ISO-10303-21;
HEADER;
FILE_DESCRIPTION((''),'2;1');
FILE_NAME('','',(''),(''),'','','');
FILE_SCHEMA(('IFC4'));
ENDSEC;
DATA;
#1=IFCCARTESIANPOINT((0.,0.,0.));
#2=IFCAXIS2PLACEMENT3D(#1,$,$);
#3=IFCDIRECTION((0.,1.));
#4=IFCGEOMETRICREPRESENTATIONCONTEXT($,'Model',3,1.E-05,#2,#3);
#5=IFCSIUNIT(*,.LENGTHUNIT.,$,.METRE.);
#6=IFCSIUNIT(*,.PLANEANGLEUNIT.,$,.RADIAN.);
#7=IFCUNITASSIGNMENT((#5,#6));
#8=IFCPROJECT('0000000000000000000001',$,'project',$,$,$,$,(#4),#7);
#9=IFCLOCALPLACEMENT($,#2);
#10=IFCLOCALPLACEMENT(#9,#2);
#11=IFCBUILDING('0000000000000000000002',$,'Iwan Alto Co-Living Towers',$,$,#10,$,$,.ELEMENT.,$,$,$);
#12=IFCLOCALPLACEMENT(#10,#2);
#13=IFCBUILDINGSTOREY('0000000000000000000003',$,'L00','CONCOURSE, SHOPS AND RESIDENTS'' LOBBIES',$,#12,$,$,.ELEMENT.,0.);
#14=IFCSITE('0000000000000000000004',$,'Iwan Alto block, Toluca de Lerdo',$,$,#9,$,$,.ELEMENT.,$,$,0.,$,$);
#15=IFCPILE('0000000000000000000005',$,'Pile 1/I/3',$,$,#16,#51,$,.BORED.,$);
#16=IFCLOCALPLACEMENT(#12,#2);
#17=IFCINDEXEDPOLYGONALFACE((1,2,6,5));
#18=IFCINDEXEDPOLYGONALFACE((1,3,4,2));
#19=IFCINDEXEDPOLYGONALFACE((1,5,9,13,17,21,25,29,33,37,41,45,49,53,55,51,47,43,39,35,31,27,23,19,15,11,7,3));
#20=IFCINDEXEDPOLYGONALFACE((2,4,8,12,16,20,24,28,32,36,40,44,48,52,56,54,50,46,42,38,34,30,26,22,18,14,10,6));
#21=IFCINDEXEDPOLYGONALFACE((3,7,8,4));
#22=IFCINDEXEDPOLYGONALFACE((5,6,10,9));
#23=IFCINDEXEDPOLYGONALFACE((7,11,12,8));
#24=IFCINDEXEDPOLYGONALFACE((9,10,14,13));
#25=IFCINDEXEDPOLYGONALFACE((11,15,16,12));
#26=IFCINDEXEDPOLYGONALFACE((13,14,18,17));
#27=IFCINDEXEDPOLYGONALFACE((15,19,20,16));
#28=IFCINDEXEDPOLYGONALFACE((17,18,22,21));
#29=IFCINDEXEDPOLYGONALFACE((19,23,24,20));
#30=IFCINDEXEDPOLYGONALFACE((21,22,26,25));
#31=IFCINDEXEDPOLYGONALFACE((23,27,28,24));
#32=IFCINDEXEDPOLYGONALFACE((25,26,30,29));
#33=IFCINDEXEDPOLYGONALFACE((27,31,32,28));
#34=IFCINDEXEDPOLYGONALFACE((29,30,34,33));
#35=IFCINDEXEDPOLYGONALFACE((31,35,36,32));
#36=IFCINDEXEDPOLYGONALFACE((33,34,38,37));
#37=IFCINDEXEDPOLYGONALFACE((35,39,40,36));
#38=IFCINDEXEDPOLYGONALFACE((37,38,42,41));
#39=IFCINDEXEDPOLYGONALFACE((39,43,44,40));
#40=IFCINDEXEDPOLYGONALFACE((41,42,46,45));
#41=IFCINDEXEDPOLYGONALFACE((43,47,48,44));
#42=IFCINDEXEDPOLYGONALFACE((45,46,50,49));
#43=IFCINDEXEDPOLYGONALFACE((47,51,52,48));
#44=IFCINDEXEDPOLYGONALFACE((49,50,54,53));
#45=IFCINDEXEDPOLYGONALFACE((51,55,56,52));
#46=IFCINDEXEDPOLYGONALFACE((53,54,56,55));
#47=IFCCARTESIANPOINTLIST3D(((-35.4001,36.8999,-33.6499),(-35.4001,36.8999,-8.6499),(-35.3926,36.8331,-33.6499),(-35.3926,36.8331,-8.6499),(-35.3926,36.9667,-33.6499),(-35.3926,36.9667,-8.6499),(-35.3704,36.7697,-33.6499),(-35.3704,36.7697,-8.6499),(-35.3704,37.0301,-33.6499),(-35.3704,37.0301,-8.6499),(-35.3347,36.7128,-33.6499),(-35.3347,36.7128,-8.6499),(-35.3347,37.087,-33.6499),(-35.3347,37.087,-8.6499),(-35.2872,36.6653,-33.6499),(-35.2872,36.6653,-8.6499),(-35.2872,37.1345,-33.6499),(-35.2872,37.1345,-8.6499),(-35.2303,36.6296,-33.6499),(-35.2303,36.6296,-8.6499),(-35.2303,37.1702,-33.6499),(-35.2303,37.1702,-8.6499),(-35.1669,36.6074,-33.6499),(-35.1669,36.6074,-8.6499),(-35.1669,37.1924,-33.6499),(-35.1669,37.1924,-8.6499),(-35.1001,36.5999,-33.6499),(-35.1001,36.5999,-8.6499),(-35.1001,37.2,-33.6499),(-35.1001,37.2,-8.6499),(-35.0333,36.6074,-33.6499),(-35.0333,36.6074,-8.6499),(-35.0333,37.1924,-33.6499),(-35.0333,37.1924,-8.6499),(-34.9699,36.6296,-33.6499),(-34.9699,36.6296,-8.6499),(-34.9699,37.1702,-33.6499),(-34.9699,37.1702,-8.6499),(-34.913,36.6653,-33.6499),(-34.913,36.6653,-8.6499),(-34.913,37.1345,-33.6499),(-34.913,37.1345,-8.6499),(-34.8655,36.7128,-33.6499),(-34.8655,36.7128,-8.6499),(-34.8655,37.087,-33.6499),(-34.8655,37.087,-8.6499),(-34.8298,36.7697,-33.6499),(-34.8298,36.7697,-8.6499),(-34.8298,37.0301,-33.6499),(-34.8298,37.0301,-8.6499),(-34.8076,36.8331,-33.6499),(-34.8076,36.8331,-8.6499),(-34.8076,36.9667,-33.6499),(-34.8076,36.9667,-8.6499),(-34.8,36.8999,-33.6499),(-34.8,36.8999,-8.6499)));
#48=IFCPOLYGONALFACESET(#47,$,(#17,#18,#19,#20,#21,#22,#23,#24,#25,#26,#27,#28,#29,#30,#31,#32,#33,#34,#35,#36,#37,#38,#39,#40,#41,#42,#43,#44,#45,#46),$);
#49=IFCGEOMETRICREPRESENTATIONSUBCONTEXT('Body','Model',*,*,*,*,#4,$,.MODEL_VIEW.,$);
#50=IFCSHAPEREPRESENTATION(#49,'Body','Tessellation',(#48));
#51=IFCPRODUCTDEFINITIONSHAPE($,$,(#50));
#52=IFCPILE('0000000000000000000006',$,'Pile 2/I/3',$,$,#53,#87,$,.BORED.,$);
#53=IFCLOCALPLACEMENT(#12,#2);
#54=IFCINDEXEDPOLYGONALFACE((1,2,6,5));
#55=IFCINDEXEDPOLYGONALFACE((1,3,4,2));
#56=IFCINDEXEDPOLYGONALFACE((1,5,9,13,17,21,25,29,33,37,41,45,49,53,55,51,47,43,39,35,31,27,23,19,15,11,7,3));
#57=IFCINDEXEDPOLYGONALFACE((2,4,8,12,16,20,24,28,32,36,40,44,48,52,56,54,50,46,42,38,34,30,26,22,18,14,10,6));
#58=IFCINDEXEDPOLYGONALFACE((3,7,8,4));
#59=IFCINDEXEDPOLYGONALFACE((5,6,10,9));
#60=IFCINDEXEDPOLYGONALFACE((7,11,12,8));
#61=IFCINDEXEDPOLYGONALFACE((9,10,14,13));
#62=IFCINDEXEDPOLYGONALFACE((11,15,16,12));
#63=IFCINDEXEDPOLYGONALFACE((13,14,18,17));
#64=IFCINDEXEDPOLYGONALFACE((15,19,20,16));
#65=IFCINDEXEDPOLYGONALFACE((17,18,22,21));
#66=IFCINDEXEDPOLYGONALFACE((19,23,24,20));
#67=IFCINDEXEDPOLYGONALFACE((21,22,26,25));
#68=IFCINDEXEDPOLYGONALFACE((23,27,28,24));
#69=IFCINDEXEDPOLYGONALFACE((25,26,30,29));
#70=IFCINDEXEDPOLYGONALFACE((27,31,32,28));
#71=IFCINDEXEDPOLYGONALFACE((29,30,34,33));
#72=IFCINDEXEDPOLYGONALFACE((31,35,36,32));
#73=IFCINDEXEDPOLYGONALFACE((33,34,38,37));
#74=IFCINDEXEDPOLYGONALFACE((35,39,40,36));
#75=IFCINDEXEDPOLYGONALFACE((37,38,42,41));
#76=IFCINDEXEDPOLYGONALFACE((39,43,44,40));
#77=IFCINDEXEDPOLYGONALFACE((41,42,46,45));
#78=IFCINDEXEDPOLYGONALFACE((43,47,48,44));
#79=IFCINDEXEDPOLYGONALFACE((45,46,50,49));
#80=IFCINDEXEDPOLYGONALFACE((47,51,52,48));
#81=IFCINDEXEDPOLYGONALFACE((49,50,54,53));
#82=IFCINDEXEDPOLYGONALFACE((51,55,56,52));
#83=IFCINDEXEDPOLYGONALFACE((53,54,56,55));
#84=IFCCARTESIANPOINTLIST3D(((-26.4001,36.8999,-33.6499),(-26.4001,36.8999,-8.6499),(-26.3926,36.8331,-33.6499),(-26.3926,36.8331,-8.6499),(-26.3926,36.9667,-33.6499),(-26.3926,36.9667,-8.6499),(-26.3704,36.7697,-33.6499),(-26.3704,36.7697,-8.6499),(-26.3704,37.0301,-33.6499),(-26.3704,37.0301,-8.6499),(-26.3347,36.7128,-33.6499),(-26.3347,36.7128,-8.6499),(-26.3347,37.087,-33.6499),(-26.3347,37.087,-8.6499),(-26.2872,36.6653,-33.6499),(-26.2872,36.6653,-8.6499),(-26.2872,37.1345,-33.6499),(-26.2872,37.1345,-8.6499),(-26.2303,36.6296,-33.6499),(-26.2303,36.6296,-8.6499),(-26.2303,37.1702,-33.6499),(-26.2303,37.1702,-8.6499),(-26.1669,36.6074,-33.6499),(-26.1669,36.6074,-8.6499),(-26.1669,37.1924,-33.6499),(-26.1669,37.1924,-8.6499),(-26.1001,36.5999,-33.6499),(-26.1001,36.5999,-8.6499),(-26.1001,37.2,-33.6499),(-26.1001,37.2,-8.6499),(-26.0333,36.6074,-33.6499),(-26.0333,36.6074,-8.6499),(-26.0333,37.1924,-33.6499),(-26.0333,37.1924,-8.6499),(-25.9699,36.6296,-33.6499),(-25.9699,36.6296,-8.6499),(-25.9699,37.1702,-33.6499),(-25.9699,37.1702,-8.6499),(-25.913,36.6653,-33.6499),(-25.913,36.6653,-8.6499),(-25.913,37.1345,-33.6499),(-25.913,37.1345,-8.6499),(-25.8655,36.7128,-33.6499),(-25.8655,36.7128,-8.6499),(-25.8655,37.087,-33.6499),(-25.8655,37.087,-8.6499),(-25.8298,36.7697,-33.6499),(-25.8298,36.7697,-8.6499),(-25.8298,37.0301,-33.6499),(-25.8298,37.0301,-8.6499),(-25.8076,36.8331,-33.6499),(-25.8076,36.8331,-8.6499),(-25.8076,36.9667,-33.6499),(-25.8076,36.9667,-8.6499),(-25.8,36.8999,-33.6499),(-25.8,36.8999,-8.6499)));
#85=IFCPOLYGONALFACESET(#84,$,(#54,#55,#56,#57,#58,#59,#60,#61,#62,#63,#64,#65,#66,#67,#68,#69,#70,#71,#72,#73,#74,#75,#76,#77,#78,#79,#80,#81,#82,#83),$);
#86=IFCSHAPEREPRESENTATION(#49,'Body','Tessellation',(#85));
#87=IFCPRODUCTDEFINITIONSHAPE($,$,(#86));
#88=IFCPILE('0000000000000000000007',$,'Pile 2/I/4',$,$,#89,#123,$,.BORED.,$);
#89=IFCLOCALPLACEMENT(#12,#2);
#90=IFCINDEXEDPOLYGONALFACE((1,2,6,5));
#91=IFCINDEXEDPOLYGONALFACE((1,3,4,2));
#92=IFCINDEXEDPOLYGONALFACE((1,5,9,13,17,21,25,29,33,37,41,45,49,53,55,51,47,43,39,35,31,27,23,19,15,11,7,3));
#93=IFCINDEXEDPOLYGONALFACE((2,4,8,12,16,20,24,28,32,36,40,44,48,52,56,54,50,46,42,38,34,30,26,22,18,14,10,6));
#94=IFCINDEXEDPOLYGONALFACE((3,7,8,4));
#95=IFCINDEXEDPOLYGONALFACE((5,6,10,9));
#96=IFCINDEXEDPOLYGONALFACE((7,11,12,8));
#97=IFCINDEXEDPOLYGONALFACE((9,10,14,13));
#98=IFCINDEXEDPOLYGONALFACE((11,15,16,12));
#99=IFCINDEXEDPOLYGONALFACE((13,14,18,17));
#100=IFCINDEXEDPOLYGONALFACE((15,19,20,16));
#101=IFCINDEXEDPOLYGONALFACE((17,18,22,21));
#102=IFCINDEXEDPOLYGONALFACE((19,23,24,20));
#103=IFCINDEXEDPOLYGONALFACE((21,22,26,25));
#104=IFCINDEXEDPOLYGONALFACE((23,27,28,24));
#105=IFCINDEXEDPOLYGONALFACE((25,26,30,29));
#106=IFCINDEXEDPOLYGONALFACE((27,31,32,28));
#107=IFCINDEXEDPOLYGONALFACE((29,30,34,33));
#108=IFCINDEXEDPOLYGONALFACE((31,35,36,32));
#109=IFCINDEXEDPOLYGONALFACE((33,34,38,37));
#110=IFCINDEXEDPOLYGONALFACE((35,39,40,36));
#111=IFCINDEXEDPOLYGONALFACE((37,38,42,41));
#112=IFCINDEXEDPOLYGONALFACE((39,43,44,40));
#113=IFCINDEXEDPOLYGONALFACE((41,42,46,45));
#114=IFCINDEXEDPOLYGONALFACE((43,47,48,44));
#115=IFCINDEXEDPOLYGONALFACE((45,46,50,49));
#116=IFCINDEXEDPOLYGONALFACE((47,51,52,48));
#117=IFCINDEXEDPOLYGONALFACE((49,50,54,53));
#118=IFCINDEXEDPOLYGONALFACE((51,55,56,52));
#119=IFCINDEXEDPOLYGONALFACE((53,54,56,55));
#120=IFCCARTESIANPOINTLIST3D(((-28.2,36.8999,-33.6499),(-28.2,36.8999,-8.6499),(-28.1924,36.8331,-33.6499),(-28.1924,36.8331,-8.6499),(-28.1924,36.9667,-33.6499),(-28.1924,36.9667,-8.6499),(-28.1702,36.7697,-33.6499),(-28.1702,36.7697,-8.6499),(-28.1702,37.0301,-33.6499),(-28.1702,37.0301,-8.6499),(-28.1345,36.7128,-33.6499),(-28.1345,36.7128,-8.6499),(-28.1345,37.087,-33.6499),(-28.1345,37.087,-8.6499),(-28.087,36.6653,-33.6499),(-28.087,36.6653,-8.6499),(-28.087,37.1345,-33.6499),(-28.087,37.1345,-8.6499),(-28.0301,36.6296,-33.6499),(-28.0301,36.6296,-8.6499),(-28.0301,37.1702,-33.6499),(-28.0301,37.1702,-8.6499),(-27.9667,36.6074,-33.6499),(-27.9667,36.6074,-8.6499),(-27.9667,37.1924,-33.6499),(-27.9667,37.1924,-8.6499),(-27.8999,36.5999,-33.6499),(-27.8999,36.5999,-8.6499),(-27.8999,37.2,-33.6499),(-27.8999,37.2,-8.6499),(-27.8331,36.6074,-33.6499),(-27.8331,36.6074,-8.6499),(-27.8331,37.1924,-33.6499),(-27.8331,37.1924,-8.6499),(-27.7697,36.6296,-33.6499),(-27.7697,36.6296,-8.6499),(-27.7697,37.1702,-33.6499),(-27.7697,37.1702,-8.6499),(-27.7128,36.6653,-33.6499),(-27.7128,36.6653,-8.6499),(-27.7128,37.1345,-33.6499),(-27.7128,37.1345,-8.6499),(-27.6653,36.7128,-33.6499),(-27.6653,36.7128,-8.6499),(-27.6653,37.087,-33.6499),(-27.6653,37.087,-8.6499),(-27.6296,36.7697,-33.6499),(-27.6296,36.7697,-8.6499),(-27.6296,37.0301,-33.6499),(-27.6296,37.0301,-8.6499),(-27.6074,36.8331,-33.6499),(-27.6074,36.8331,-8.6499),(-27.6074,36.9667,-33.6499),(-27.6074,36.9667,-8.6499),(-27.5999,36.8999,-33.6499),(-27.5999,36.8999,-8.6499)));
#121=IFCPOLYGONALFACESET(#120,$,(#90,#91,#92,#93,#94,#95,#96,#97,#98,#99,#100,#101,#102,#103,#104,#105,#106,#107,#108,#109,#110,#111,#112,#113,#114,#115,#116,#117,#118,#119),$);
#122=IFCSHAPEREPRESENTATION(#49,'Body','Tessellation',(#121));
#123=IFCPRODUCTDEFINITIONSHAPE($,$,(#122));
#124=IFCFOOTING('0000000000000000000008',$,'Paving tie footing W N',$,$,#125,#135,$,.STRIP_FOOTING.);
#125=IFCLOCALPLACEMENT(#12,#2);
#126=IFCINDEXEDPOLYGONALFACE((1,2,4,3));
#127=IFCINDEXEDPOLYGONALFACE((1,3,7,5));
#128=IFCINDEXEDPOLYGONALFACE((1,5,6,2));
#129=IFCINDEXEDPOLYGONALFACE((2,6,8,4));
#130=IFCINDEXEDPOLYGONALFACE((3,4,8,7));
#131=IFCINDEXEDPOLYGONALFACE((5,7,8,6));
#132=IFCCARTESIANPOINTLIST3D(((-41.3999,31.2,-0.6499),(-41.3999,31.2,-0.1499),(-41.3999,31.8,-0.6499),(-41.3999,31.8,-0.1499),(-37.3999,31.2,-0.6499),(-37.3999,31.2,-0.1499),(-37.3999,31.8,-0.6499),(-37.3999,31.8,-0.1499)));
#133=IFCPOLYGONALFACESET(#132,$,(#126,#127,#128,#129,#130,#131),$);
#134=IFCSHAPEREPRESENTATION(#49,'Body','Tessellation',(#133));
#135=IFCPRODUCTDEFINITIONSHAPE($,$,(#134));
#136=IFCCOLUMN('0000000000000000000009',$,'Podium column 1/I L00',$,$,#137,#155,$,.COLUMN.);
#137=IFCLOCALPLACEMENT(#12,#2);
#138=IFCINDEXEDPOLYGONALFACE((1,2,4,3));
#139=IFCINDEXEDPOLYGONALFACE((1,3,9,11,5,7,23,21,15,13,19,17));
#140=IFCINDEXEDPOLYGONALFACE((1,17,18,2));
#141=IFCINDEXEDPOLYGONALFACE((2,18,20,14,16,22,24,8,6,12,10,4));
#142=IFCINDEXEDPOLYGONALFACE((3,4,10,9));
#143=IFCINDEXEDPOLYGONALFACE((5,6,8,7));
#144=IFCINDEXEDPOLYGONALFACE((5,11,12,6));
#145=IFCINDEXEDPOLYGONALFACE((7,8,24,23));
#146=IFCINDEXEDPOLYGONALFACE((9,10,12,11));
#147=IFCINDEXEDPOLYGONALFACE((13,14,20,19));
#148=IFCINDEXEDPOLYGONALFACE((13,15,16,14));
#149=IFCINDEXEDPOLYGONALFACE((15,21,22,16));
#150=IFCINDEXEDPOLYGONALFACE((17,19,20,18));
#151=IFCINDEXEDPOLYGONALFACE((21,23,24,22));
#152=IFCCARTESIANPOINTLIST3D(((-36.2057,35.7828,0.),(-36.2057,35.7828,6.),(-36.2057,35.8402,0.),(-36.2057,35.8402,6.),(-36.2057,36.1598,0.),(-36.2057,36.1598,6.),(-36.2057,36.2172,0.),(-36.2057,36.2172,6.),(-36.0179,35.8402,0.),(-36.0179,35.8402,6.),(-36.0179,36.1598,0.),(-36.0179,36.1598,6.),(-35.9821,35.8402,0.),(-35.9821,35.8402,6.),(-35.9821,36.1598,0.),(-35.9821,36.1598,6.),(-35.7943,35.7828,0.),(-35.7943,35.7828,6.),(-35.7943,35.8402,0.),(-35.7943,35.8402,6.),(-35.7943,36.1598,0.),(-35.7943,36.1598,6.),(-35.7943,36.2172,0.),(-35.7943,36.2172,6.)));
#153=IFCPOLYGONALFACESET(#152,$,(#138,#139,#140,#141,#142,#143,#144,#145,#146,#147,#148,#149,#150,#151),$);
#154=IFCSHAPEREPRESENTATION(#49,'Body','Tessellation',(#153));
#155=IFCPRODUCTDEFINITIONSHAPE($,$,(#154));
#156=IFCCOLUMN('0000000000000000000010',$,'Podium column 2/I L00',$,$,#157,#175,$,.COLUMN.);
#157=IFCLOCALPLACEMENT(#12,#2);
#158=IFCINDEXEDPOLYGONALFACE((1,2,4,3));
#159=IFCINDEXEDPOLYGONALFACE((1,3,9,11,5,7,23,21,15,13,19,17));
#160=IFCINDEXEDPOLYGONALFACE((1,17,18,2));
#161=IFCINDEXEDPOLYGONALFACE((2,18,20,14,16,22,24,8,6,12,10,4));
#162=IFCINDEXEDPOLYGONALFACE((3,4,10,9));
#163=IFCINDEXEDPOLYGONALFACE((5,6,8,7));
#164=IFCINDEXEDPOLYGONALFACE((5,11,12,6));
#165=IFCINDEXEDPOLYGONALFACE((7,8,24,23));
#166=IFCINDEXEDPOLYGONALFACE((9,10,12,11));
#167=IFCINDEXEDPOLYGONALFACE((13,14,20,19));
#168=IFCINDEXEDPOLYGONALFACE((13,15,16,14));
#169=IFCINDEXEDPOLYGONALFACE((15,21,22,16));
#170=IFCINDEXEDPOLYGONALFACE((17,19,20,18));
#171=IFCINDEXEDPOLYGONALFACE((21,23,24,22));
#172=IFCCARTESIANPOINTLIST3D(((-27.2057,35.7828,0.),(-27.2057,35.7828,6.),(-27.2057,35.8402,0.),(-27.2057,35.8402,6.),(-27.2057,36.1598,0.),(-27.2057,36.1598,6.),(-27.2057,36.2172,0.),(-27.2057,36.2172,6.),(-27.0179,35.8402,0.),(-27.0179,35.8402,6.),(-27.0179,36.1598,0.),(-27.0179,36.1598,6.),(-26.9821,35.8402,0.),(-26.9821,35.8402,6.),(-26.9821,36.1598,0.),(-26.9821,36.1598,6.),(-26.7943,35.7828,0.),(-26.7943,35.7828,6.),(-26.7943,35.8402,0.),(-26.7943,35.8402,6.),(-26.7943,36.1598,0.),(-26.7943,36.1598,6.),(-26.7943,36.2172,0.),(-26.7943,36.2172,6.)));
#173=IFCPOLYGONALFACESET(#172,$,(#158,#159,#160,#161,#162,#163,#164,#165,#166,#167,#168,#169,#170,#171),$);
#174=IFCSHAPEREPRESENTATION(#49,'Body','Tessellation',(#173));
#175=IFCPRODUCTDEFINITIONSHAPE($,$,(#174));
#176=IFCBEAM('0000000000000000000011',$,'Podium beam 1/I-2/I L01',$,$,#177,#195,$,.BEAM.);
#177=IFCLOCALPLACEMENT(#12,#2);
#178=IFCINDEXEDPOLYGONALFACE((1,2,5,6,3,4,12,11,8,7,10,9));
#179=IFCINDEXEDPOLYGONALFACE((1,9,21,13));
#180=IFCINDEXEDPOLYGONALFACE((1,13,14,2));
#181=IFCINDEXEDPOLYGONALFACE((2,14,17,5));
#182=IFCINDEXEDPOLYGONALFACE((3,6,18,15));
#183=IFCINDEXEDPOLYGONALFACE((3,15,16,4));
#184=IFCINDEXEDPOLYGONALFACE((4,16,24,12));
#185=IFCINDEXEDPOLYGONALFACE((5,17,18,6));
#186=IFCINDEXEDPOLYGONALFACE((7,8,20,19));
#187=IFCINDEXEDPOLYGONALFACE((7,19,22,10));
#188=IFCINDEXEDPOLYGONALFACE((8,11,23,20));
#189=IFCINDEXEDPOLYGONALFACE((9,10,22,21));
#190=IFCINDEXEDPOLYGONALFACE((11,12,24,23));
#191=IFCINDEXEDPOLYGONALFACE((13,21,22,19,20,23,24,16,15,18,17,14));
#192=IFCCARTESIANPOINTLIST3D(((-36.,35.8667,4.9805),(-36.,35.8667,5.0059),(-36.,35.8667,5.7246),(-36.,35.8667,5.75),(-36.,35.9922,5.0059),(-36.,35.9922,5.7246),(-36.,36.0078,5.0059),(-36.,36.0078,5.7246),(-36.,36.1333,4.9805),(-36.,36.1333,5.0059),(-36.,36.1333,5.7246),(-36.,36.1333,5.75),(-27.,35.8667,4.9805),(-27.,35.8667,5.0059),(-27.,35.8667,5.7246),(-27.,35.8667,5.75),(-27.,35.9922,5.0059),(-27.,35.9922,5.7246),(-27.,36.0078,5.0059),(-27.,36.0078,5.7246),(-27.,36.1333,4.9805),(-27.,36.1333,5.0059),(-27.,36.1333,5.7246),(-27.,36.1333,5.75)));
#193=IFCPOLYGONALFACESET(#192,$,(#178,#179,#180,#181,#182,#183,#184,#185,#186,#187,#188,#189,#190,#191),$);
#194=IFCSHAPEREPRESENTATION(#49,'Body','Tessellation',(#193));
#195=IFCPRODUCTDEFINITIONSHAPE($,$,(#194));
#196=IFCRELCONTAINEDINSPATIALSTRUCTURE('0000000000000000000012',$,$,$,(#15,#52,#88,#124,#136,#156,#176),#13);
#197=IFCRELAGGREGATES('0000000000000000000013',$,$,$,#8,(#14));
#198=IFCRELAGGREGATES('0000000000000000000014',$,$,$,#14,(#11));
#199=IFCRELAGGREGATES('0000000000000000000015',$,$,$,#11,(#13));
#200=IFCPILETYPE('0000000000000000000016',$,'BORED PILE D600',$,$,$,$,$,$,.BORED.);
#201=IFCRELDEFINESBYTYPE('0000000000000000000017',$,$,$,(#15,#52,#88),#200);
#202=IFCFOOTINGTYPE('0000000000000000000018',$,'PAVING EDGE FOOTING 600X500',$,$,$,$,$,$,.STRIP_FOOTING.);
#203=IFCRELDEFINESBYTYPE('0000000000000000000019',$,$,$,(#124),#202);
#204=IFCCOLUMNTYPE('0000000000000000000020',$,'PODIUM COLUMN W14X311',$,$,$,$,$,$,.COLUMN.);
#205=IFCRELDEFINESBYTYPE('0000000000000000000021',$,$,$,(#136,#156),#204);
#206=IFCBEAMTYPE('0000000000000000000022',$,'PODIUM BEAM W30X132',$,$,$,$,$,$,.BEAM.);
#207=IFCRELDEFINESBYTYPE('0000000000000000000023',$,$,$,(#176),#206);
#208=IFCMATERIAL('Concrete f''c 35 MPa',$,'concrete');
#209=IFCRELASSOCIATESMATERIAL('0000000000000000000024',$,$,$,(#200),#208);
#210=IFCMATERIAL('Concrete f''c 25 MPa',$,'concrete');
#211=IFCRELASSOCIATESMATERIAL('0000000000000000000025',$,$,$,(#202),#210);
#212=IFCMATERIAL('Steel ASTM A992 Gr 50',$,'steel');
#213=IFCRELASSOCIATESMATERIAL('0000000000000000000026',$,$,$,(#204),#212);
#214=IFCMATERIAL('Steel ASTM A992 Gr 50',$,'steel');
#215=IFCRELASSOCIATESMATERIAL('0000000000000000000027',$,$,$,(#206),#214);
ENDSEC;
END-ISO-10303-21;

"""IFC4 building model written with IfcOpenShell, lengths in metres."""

from ifc_helpers import new_model, si_unit, direction, frame, origin, origin_2d, place, context, subcontext, project, spatial, rectangle, circle, i_section, extrude, material, material_profile, profile_set, type_object, element, save


model = new_model("IFC4")

# Units and contexts
model_context = context("Model", 3, precision=1e-05, world=origin(), true_north=direction((0.0, 1.0)))
body_context = subcontext(model_context, "Body", "Model", "MODEL_VIEW")
ifc_project = project(units=[si_unit("LENGTHUNIT", "METRE"), si_unit("PLANEANGLEUNIT", "RADIAN")], contexts=[model_context])

# Site, building, storey
site_placement = place(None, origin())
site = spatial("IfcSite", under=ifc_project, at=site_placement, Name="Iwan Alto block, Toluca de Lerdo", CompositionType="ELEMENT", RefElevation=0.0)
building_placement = place(site_placement, origin())
building = spatial("IfcBuilding", under=site, at=building_placement, Name="Iwan Alto Co-Living Towers", CompositionType="ELEMENT")
storey_placement = place(building_placement, origin())
storey = spatial("IfcBuildingStorey", under=building, at=storey_placement, Name="L00", Description="CONCOURSE, SHOPS AND RESIDENTS' LOBBIES", CompositionType="ELEMENT", Elevation=0.0)

# Piles
ifc_material_1 = material(Name="Concrete f'c 35 MPa", Category="concrete")
ifc_material_profile_1 = material_profile(ifc_material_1, circle(Radius=0.3, at=origin_2d()), Name="D600")
ifc_profile_set_1 = profile_set([ifc_material_profile_1], Name="Concrete f'c 35 MPa")
pile_type = type_object("IfcPileType", Name="BORED PILE D600", PredefinedType="BORED", material=ifc_profile_set_1)
for number, where, z_axis, x_axis, name in (
    (1, (-35.1001, 36.8999, -8.6499), (0.0, 0.0, -1.0), (1.0, 0.0, 0.0), "Pile 1/I/3"),
    (2, (-26.1001, 36.8999, -8.6499), (0.0, 0.0, -1.0), (1.0, 0.0, 0.0), "Pile 2/I/3"),
    (3, (-27.8999, 36.8999, -8.6499), (0.0, 0.0, -1.0), (1.0, 0.0, 0.0), "Pile 2/I/4"),
):
    element("IfcPile", number, at=place(storey_placement, frame(where, z_axis=z_axis, x_axis=x_axis)), inside=storey, type_object=pile_type, Name=name, PredefinedType="BORED", context=body_context, shape_type="SweptSolid", body=[
        extrude(circle(Radius=0.3, at=origin_2d()), origin(), (0.0, 0.0, 1.0), 25.0),
    ])

# Footing
ifc_material_2 = material(Name="Concrete f'c 25 MPa", Category="concrete")
footing_type = type_object("IfcFootingType", Name="PAVING EDGE FOOTING 600X500", PredefinedType="STRIP_FOOTING", material=ifc_material_2)
footing_placement = place(storey_placement, frame((-39.3999, 31.5, -0.6499), z_axis=(0.0, 0.0, 1.0), x_axis=(1.0, 0.0, 0.0)))
element("IfcFooting", 4, at=footing_placement, inside=storey, type_object=footing_type, Name="Paving tie footing W N", PredefinedType="STRIP_FOOTING", context=body_context, shape_type="SweptSolid", body=[
    extrude(rectangle(XDim=4.0, YDim=0.6001, at=origin_2d()), origin(), (0.0, 0.0, 1.0), 0.5),
])

# Columns
ifc_material_3 = material(Name="Steel ASTM A992 Gr 50", Category="steel")
ifc_material_profile_2 = material_profile(ifc_material_3, i_section(OverallWidth=0.4114, OverallDepth=0.4343, WebThickness=0.0359, FlangeThickness=0.0574, at=origin_2d()), Name="W14X311")
ifc_profile_set_2 = profile_set([ifc_material_profile_2], Name="Steel ASTM A992 Gr 50")
column_type = type_object("IfcColumnType", Name="PODIUM COLUMN W14X311", PredefinedType="COLUMN", material=ifc_profile_set_2)
for number, where, z_axis, x_axis, name in (
    (5, (-36.0, 36.0, 0.0), (0.0, 0.0, 1.0), (1.0, 0.0, 0.0), "Podium column 1/I L00"),
    (6, (-27.0, 36.0, 0.0), (0.0, 0.0, 1.0), (1.0, 0.0, 0.0), "Podium column 2/I L00"),
):
    element("IfcColumn", number, at=place(storey_placement, frame(where, z_axis=z_axis, x_axis=x_axis)), inside=storey, type_object=column_type, Name=name, PredefinedType="COLUMN", context=body_context, shape_type="SweptSolid", body=[
        extrude(i_section(OverallWidth=0.4114, OverallDepth=0.4343, WebThickness=0.0359, FlangeThickness=0.0574, at=origin_2d()), origin(), (0.0, 0.0, 1.0), 6.0),
    ])

# Beam
ifc_material_4 = material(Name="Steel ASTM A992 Gr 50", Category="steel")
ifc_material_profile_3 = material_profile(ifc_material_4, i_section(OverallWidth=0.2666, OverallDepth=0.7695, WebThickness=0.0156, FlangeThickness=0.0254, at=origin_2d()), Name="W30X132")
ifc_profile_set_3 = profile_set([ifc_material_profile_3], Name="Steel ASTM A992 Gr 50")
beam_type_1 = type_object("IfcBeamType", Name="PODIUM BEAM W30X132", PredefinedType="BEAM", material=ifc_profile_set_3)
for number, where, z_axis, x_axis, name in (
    (7, (-36.0, 36.0, 5.3652), (1.0, 0.0, 0.0), (0.0, 1.0, 0.0), "Podium beam 1/I-2/I L01"),
):
    element("IfcBeam", number, at=place(storey_placement, frame(where, z_axis=z_axis, x_axis=x_axis)), inside=storey, type_object=beam_type_1, Name=name, PredefinedType="BEAM", context=body_context, shape_type="SweptSolid", body=[
        extrude(i_section(OverallWidth=0.2666, OverallDepth=0.7695, WebThickness=0.0156, FlangeThickness=0.0254, at=origin_2d()), origin(), (0.0, 0.0, 1.0), 9.0),
    ])

save(model, "model.ifc")
